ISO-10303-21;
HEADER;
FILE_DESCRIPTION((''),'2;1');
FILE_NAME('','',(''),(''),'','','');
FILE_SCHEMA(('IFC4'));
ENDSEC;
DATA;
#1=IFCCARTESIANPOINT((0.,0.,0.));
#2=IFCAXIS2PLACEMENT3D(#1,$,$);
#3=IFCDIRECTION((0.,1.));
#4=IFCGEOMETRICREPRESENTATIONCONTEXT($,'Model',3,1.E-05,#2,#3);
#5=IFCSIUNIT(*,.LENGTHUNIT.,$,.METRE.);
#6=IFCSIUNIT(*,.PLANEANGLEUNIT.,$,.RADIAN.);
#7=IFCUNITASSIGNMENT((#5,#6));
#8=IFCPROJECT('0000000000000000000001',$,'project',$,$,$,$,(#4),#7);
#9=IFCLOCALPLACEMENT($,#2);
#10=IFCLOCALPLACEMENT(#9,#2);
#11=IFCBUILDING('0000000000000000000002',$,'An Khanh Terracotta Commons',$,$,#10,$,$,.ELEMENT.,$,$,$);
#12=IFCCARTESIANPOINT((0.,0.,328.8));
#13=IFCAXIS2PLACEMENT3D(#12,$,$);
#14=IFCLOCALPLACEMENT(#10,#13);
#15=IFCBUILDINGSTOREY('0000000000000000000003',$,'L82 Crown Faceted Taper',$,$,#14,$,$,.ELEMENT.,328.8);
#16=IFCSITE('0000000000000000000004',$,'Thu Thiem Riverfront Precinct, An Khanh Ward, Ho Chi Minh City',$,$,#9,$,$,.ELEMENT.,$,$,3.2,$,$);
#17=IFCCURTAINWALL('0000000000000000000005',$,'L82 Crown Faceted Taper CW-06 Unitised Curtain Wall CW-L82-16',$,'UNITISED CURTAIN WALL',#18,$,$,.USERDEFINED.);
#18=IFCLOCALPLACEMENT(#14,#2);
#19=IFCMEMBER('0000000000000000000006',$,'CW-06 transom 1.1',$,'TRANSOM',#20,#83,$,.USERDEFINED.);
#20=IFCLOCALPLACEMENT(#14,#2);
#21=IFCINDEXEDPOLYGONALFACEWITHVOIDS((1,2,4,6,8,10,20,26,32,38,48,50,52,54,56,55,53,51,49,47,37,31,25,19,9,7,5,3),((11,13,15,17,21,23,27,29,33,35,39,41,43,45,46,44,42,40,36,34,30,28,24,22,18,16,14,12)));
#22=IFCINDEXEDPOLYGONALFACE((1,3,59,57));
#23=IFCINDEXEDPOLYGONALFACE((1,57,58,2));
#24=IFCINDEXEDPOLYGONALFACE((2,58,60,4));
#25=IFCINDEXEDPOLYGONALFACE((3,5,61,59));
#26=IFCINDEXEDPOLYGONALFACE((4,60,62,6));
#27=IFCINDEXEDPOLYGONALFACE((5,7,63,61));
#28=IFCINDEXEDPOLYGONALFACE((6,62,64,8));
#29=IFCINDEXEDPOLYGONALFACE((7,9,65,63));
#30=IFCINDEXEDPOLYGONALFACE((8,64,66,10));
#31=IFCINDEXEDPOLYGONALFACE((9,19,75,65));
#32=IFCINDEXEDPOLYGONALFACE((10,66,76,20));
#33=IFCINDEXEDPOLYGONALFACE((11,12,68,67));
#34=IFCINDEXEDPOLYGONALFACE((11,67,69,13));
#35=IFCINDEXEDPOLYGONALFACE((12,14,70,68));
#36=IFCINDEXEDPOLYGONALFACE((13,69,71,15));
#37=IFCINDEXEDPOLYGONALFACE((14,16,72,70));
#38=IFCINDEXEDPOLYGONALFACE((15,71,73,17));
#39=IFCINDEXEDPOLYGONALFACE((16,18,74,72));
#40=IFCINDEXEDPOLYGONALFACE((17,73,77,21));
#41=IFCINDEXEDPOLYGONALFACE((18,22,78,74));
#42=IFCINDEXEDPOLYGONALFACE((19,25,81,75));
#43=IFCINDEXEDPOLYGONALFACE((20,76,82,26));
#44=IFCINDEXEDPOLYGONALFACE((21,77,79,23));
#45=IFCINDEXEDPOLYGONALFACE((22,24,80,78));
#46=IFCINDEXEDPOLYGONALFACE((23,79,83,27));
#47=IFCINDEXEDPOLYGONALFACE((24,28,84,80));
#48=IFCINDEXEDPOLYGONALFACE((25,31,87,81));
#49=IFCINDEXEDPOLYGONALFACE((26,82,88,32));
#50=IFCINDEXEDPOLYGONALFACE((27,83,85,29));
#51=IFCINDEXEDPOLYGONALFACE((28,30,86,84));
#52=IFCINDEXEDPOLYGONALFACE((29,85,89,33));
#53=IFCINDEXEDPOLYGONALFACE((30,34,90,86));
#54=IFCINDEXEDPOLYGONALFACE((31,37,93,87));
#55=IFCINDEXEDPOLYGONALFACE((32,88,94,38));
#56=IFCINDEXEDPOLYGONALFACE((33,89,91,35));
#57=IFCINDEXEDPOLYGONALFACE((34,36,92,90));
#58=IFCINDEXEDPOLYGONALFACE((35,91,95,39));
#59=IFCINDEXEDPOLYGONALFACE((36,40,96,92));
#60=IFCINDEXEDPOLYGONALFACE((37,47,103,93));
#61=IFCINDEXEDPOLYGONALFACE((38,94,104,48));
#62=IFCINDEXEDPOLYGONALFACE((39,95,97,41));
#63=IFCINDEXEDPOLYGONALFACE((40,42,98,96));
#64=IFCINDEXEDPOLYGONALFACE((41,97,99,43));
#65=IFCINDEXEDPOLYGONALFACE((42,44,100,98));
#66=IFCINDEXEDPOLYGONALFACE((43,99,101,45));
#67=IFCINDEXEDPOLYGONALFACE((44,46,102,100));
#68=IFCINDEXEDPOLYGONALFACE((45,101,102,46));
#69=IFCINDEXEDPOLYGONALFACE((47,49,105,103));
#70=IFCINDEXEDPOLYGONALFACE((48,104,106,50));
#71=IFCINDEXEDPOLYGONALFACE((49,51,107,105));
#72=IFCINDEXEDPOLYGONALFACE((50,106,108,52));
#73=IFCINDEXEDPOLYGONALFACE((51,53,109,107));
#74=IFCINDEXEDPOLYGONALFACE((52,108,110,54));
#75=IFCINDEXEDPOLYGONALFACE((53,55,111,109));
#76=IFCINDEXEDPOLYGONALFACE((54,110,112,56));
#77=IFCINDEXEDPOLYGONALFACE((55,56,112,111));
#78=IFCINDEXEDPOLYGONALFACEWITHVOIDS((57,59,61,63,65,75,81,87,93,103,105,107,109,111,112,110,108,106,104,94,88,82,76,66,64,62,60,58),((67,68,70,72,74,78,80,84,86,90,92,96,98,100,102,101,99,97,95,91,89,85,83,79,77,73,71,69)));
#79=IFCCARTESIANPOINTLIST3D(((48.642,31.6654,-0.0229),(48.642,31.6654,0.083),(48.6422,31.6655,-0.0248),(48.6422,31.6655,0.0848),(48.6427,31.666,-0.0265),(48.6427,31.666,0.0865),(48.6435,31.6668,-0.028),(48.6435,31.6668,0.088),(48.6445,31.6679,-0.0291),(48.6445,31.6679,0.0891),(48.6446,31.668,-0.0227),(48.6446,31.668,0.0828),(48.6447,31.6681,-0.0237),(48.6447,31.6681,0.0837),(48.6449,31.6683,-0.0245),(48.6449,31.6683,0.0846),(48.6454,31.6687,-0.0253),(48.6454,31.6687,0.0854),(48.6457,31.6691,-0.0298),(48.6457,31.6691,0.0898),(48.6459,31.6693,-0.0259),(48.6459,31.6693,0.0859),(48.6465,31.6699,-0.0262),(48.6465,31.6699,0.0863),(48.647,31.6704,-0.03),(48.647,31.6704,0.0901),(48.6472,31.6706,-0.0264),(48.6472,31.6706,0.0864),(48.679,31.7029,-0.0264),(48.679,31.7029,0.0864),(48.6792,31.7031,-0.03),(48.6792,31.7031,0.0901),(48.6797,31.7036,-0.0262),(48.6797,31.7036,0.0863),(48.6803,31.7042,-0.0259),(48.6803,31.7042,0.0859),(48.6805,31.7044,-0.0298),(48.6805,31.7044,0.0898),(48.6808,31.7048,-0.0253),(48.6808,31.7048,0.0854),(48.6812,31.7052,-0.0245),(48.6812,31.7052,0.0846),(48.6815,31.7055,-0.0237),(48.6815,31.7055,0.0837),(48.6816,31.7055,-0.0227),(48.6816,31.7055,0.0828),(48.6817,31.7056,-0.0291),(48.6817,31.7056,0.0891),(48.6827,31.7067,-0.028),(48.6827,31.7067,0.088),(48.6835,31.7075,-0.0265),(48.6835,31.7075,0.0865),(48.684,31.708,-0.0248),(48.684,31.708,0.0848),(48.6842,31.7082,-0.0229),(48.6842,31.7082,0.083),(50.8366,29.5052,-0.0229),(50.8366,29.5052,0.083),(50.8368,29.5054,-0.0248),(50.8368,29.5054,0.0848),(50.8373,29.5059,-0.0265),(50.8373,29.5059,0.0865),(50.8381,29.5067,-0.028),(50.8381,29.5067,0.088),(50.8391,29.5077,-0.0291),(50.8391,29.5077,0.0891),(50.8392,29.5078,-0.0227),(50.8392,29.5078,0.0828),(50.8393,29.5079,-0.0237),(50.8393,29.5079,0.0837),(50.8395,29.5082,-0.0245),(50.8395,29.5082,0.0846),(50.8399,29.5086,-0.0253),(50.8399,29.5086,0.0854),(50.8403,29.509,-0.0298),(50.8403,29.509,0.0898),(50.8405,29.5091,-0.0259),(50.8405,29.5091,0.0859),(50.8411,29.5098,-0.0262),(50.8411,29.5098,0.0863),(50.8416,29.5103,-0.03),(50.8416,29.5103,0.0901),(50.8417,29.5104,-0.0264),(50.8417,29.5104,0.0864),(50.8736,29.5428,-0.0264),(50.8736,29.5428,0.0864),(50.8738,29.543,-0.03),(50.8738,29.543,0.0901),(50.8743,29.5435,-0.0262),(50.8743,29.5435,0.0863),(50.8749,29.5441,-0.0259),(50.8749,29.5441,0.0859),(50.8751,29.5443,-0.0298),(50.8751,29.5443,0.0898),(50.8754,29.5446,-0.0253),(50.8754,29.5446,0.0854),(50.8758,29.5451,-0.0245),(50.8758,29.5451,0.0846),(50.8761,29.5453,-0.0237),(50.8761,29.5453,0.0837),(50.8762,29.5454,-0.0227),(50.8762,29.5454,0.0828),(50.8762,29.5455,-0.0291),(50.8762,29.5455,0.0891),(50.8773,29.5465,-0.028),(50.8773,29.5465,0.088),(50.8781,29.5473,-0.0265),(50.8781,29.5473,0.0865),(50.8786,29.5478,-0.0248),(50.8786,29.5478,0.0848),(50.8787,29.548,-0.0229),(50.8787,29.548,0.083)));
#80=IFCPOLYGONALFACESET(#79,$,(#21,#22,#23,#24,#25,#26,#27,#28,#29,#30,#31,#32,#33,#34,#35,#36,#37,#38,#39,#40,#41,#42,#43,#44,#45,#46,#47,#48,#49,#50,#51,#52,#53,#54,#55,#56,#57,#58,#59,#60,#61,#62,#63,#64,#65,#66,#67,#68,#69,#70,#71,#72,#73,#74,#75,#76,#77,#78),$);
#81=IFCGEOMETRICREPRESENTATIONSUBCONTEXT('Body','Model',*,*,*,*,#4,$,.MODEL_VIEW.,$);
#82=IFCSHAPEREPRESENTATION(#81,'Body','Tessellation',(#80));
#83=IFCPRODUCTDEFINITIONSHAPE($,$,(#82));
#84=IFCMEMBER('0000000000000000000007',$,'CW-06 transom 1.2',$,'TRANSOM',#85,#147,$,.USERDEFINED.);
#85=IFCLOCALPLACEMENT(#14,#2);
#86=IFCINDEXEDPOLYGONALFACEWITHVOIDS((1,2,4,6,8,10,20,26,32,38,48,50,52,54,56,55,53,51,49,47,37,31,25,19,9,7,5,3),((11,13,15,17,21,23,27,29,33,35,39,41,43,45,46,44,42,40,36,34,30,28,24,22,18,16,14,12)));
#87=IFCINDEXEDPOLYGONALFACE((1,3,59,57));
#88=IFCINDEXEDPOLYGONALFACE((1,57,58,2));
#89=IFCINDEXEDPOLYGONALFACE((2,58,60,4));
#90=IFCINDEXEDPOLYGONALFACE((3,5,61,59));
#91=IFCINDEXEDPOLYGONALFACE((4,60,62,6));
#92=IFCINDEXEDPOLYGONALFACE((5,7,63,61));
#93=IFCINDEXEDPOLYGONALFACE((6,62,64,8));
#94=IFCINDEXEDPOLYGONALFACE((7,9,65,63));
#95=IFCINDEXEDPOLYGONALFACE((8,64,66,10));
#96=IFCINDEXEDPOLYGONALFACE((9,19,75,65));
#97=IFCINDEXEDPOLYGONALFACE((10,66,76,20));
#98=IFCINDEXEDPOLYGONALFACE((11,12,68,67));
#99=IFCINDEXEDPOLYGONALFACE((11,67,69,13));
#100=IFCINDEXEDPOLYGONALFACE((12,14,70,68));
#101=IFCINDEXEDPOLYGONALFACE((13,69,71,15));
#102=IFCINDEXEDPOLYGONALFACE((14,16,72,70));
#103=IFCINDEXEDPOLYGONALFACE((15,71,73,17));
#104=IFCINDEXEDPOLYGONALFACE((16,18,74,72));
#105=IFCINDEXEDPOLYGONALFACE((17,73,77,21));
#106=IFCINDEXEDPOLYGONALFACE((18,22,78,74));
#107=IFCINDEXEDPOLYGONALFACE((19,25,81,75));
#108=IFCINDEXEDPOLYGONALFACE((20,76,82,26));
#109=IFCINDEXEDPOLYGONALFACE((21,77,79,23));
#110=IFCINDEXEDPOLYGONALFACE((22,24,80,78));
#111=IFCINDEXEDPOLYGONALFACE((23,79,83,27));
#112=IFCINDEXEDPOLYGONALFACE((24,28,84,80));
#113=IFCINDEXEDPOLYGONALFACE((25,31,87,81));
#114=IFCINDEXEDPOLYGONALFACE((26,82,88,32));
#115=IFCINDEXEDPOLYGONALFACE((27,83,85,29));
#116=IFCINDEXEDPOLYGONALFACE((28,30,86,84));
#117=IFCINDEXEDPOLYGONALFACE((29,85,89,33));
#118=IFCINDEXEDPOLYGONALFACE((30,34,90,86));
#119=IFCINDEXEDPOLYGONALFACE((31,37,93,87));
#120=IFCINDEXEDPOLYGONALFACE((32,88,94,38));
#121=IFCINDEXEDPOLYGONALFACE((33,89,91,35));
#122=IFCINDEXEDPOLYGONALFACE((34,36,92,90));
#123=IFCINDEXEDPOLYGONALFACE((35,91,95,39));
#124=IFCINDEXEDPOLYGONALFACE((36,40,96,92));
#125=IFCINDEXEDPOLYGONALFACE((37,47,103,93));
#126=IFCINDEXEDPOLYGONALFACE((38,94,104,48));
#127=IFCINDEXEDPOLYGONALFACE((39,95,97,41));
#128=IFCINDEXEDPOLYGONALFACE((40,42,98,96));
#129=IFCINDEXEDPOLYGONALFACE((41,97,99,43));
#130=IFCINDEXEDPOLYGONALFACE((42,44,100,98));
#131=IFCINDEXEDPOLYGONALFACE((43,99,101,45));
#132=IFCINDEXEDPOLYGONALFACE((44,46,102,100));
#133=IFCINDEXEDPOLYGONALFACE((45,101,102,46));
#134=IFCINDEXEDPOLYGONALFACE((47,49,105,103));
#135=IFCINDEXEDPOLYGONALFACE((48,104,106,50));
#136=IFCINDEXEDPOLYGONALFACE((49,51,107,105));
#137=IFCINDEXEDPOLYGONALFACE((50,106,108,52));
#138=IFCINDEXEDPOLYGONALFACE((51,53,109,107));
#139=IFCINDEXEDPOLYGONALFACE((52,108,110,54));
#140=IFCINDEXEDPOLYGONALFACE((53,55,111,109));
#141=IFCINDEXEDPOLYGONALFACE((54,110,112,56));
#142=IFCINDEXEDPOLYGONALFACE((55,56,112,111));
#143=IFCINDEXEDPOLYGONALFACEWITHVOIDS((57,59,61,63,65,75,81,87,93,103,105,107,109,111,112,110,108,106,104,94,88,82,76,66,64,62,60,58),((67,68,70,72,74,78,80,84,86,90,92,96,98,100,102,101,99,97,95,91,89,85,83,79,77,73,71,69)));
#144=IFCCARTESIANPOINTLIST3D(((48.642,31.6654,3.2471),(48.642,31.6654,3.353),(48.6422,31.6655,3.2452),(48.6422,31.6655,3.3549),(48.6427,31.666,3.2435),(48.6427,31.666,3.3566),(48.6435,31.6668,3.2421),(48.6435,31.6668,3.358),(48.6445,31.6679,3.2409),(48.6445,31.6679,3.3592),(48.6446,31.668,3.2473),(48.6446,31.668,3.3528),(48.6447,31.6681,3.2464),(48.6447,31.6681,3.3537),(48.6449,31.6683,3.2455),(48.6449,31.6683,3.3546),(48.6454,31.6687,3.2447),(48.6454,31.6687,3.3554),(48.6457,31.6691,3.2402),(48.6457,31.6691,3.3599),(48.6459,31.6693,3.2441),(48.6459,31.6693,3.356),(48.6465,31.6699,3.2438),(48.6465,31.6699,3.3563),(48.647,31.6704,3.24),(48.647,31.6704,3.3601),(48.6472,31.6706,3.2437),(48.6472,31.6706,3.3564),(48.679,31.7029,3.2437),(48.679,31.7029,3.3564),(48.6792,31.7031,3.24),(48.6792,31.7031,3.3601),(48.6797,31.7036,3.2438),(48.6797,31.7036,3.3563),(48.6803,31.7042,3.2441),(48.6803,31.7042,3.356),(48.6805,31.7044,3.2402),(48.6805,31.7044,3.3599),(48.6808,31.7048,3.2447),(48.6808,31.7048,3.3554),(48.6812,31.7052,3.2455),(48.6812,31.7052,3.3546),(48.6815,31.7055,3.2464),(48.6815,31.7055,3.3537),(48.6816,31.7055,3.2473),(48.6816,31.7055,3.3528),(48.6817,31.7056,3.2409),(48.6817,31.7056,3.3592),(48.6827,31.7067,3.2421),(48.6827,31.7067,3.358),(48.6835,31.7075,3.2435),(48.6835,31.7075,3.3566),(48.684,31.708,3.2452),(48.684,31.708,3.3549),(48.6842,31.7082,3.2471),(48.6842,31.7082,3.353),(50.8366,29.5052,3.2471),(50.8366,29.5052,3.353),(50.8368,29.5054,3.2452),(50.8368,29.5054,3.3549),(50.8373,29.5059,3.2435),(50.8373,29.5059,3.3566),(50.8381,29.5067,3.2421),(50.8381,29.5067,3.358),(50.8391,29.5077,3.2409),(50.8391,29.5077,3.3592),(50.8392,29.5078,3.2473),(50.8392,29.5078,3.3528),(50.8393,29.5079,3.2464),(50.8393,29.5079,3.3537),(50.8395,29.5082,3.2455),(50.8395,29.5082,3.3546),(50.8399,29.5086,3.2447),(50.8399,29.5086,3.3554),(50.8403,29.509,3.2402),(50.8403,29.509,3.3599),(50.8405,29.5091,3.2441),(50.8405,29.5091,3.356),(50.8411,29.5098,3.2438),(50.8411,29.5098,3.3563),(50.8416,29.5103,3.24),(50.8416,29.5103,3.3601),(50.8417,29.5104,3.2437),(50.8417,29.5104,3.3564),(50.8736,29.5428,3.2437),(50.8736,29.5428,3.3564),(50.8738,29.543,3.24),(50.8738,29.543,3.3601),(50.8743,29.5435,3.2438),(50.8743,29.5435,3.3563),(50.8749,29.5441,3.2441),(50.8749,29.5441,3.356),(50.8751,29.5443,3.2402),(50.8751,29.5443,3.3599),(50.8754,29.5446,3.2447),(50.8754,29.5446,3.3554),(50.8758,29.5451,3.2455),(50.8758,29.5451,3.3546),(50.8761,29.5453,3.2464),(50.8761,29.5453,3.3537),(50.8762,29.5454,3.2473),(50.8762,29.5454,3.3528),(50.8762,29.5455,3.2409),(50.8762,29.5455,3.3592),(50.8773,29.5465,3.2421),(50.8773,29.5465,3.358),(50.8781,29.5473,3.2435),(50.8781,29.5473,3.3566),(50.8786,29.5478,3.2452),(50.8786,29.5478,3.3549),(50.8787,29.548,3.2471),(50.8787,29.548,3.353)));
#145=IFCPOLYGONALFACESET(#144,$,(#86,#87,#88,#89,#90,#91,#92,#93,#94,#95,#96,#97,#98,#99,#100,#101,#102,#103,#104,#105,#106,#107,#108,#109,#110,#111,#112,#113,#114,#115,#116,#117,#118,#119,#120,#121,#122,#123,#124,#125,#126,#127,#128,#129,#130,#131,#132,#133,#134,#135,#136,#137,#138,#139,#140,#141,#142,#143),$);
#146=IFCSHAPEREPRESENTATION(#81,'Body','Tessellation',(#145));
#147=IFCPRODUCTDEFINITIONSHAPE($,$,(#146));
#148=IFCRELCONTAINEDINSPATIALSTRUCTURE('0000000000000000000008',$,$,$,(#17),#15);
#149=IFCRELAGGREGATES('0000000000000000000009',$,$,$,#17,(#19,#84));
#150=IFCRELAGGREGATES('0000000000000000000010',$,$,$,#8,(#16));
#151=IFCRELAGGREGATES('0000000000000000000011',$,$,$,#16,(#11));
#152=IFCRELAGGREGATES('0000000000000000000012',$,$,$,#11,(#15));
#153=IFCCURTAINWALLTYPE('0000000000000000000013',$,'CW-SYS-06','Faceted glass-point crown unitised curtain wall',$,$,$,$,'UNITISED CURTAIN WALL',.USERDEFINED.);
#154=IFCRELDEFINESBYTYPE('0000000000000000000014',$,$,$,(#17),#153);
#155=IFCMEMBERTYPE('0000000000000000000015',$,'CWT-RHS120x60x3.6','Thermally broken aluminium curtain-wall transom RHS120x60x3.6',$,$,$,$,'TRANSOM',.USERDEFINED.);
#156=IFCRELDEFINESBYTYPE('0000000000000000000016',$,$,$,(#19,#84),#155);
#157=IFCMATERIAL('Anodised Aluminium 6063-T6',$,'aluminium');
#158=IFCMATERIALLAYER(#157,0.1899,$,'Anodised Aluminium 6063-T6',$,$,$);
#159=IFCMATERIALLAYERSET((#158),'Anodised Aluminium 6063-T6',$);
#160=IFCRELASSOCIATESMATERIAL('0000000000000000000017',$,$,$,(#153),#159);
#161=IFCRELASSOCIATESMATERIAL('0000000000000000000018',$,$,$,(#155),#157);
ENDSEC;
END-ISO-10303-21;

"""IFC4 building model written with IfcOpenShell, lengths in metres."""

from ifc_helpers import new_model, si_unit, direction, frame, origin, origin_2d, place, context, subcontext, project, spatial, hollow_rectangle, extrude, material, layer, layer_set, material_profile, profile_set, type_object, element, aggregate, save


model = new_model("IFC4")

# Units and contexts
model_context = context("Model", 3, precision=1e-05, world=origin(), true_north=direction((0.0, 1.0)))
body_context = subcontext(model_context, "Body", "Model", "MODEL_VIEW")
ifc_project = project(units=[si_unit("LENGTHUNIT", "METRE"), si_unit("PLANEANGLEUNIT", "RADIAN")], contexts=[model_context])

# Site, building, storey
site_placement = place(None, origin())
site = spatial("IfcSite", under=ifc_project, at=site_placement, Name="Thu Thiem Riverfront Precinct, An Khanh Ward, Ho Chi Minh City", CompositionType="ELEMENT", RefElevation=3.2)
building_placement = place(site_placement, origin())
building = spatial("IfcBuilding", under=site, at=building_placement, Name="An Khanh Terracotta Commons", CompositionType="ELEMENT")
storey_placement = place(building_placement, frame((0.0, 0.0, 328.8)))
storey = spatial("IfcBuildingStorey", under=building, at=storey_placement, Name="L82 Crown Faceted Taper", CompositionType="ELEMENT", Elevation=328.8)

# Curtain wall
ifc_material_1 = material(Name="Anodised Aluminium 6063-T6", Category="aluminium")
ifc_layer_1 = layer(ifc_material_1, 0.1899, Name="Anodised Aluminium 6063-T6")
ifc_layer_set_1 = layer_set([ifc_layer_1], Name="Anodised Aluminium 6063-T6")
curtain_wall_type = type_object("IfcCurtainWallType", Name="CW-SYS-06", Description="Faceted glass-point crown unitised curtain wall", ElementType="UNITISED CURTAIN WALL", PredefinedType="USERDEFINED", material=ifc_layer_set_1)
curtain_wall_1_placement = place(storey_placement, origin())
curtain_wall_1 = element("IfcCurtainWall", 1, at=curtain_wall_1_placement, inside=storey, type_object=curtain_wall_type, Name="L82 Crown Faceted Taper CW-06 Unitised Curtain Wall CW-L82-16", ObjectType="UNITISED CURTAIN WALL", PredefinedType="USERDEFINED")

# Members
ifc_material_profile_1 = material_profile(ifc_material_1, hollow_rectangle(XDim=0.0601, YDim=0.1201, WallThickness=0.0037, InnerFilletRadius=0.0037, OuterFilletRadius=0.0071, at=origin_2d()), Name="RHS120x60x3.6")
ifc_profile_set_1 = profile_set([ifc_material_profile_1], Name="Anodised Aluminium 6063-T6")
member_type_1 = type_object("IfcMemberType", Name="CWT-RHS120x60x3.6", Description="Thermally broken aluminium curtain-wall transom RHS120x60x3.6", ElementType="TRANSOM", PredefinedType="USERDEFINED", material=ifc_profile_set_1)
member_1_placement = place(storey_placement, frame((50.8577, 29.5266, 0.03), z_axis=(-0.712674, 0.701495, 0.0), x_axis=(-0.701495, -0.712674, 0.0)))
member_1 = element("IfcMember", 2, at=member_1_placement, type_object=member_type_1, Name="CW-06 transom 1.1", ObjectType="TRANSOM", PredefinedType="USERDEFINED", context=body_context, shape_type="SweptSolid", body=[
    extrude(hollow_rectangle(XDim=0.0601, YDim=0.1201, WallThickness=0.0037, InnerFilletRadius=0.0037, OuterFilletRadius=0.0071, at=origin_2d()), origin(), (0.0, 0.0, 1.0), 3.0793),
])
member_2_placement = place(storey_placement, frame((50.8577, 29.5266, 3.3), z_axis=(-0.712674, 0.701495, 0.0), x_axis=(-0.701495, -0.712674, 0.0)))
member_2 = element("IfcMember", 3, at=member_2_placement, type_object=member_type_1, Name="CW-06 transom 1.2", ObjectType="TRANSOM", PredefinedType="USERDEFINED", context=body_context, shape_type="SweptSolid", body=[
    extrude(hollow_rectangle(XDim=0.0601, YDim=0.1201, WallThickness=0.0037, InnerFilletRadius=0.0037, OuterFilletRadius=0.0071, at=origin_2d()), origin(), (0.0, 0.0, 1.0), 3.0793),
])

aggregate(curtain_wall_1, [member_1, member_2])

save(model, "model.ifc")
